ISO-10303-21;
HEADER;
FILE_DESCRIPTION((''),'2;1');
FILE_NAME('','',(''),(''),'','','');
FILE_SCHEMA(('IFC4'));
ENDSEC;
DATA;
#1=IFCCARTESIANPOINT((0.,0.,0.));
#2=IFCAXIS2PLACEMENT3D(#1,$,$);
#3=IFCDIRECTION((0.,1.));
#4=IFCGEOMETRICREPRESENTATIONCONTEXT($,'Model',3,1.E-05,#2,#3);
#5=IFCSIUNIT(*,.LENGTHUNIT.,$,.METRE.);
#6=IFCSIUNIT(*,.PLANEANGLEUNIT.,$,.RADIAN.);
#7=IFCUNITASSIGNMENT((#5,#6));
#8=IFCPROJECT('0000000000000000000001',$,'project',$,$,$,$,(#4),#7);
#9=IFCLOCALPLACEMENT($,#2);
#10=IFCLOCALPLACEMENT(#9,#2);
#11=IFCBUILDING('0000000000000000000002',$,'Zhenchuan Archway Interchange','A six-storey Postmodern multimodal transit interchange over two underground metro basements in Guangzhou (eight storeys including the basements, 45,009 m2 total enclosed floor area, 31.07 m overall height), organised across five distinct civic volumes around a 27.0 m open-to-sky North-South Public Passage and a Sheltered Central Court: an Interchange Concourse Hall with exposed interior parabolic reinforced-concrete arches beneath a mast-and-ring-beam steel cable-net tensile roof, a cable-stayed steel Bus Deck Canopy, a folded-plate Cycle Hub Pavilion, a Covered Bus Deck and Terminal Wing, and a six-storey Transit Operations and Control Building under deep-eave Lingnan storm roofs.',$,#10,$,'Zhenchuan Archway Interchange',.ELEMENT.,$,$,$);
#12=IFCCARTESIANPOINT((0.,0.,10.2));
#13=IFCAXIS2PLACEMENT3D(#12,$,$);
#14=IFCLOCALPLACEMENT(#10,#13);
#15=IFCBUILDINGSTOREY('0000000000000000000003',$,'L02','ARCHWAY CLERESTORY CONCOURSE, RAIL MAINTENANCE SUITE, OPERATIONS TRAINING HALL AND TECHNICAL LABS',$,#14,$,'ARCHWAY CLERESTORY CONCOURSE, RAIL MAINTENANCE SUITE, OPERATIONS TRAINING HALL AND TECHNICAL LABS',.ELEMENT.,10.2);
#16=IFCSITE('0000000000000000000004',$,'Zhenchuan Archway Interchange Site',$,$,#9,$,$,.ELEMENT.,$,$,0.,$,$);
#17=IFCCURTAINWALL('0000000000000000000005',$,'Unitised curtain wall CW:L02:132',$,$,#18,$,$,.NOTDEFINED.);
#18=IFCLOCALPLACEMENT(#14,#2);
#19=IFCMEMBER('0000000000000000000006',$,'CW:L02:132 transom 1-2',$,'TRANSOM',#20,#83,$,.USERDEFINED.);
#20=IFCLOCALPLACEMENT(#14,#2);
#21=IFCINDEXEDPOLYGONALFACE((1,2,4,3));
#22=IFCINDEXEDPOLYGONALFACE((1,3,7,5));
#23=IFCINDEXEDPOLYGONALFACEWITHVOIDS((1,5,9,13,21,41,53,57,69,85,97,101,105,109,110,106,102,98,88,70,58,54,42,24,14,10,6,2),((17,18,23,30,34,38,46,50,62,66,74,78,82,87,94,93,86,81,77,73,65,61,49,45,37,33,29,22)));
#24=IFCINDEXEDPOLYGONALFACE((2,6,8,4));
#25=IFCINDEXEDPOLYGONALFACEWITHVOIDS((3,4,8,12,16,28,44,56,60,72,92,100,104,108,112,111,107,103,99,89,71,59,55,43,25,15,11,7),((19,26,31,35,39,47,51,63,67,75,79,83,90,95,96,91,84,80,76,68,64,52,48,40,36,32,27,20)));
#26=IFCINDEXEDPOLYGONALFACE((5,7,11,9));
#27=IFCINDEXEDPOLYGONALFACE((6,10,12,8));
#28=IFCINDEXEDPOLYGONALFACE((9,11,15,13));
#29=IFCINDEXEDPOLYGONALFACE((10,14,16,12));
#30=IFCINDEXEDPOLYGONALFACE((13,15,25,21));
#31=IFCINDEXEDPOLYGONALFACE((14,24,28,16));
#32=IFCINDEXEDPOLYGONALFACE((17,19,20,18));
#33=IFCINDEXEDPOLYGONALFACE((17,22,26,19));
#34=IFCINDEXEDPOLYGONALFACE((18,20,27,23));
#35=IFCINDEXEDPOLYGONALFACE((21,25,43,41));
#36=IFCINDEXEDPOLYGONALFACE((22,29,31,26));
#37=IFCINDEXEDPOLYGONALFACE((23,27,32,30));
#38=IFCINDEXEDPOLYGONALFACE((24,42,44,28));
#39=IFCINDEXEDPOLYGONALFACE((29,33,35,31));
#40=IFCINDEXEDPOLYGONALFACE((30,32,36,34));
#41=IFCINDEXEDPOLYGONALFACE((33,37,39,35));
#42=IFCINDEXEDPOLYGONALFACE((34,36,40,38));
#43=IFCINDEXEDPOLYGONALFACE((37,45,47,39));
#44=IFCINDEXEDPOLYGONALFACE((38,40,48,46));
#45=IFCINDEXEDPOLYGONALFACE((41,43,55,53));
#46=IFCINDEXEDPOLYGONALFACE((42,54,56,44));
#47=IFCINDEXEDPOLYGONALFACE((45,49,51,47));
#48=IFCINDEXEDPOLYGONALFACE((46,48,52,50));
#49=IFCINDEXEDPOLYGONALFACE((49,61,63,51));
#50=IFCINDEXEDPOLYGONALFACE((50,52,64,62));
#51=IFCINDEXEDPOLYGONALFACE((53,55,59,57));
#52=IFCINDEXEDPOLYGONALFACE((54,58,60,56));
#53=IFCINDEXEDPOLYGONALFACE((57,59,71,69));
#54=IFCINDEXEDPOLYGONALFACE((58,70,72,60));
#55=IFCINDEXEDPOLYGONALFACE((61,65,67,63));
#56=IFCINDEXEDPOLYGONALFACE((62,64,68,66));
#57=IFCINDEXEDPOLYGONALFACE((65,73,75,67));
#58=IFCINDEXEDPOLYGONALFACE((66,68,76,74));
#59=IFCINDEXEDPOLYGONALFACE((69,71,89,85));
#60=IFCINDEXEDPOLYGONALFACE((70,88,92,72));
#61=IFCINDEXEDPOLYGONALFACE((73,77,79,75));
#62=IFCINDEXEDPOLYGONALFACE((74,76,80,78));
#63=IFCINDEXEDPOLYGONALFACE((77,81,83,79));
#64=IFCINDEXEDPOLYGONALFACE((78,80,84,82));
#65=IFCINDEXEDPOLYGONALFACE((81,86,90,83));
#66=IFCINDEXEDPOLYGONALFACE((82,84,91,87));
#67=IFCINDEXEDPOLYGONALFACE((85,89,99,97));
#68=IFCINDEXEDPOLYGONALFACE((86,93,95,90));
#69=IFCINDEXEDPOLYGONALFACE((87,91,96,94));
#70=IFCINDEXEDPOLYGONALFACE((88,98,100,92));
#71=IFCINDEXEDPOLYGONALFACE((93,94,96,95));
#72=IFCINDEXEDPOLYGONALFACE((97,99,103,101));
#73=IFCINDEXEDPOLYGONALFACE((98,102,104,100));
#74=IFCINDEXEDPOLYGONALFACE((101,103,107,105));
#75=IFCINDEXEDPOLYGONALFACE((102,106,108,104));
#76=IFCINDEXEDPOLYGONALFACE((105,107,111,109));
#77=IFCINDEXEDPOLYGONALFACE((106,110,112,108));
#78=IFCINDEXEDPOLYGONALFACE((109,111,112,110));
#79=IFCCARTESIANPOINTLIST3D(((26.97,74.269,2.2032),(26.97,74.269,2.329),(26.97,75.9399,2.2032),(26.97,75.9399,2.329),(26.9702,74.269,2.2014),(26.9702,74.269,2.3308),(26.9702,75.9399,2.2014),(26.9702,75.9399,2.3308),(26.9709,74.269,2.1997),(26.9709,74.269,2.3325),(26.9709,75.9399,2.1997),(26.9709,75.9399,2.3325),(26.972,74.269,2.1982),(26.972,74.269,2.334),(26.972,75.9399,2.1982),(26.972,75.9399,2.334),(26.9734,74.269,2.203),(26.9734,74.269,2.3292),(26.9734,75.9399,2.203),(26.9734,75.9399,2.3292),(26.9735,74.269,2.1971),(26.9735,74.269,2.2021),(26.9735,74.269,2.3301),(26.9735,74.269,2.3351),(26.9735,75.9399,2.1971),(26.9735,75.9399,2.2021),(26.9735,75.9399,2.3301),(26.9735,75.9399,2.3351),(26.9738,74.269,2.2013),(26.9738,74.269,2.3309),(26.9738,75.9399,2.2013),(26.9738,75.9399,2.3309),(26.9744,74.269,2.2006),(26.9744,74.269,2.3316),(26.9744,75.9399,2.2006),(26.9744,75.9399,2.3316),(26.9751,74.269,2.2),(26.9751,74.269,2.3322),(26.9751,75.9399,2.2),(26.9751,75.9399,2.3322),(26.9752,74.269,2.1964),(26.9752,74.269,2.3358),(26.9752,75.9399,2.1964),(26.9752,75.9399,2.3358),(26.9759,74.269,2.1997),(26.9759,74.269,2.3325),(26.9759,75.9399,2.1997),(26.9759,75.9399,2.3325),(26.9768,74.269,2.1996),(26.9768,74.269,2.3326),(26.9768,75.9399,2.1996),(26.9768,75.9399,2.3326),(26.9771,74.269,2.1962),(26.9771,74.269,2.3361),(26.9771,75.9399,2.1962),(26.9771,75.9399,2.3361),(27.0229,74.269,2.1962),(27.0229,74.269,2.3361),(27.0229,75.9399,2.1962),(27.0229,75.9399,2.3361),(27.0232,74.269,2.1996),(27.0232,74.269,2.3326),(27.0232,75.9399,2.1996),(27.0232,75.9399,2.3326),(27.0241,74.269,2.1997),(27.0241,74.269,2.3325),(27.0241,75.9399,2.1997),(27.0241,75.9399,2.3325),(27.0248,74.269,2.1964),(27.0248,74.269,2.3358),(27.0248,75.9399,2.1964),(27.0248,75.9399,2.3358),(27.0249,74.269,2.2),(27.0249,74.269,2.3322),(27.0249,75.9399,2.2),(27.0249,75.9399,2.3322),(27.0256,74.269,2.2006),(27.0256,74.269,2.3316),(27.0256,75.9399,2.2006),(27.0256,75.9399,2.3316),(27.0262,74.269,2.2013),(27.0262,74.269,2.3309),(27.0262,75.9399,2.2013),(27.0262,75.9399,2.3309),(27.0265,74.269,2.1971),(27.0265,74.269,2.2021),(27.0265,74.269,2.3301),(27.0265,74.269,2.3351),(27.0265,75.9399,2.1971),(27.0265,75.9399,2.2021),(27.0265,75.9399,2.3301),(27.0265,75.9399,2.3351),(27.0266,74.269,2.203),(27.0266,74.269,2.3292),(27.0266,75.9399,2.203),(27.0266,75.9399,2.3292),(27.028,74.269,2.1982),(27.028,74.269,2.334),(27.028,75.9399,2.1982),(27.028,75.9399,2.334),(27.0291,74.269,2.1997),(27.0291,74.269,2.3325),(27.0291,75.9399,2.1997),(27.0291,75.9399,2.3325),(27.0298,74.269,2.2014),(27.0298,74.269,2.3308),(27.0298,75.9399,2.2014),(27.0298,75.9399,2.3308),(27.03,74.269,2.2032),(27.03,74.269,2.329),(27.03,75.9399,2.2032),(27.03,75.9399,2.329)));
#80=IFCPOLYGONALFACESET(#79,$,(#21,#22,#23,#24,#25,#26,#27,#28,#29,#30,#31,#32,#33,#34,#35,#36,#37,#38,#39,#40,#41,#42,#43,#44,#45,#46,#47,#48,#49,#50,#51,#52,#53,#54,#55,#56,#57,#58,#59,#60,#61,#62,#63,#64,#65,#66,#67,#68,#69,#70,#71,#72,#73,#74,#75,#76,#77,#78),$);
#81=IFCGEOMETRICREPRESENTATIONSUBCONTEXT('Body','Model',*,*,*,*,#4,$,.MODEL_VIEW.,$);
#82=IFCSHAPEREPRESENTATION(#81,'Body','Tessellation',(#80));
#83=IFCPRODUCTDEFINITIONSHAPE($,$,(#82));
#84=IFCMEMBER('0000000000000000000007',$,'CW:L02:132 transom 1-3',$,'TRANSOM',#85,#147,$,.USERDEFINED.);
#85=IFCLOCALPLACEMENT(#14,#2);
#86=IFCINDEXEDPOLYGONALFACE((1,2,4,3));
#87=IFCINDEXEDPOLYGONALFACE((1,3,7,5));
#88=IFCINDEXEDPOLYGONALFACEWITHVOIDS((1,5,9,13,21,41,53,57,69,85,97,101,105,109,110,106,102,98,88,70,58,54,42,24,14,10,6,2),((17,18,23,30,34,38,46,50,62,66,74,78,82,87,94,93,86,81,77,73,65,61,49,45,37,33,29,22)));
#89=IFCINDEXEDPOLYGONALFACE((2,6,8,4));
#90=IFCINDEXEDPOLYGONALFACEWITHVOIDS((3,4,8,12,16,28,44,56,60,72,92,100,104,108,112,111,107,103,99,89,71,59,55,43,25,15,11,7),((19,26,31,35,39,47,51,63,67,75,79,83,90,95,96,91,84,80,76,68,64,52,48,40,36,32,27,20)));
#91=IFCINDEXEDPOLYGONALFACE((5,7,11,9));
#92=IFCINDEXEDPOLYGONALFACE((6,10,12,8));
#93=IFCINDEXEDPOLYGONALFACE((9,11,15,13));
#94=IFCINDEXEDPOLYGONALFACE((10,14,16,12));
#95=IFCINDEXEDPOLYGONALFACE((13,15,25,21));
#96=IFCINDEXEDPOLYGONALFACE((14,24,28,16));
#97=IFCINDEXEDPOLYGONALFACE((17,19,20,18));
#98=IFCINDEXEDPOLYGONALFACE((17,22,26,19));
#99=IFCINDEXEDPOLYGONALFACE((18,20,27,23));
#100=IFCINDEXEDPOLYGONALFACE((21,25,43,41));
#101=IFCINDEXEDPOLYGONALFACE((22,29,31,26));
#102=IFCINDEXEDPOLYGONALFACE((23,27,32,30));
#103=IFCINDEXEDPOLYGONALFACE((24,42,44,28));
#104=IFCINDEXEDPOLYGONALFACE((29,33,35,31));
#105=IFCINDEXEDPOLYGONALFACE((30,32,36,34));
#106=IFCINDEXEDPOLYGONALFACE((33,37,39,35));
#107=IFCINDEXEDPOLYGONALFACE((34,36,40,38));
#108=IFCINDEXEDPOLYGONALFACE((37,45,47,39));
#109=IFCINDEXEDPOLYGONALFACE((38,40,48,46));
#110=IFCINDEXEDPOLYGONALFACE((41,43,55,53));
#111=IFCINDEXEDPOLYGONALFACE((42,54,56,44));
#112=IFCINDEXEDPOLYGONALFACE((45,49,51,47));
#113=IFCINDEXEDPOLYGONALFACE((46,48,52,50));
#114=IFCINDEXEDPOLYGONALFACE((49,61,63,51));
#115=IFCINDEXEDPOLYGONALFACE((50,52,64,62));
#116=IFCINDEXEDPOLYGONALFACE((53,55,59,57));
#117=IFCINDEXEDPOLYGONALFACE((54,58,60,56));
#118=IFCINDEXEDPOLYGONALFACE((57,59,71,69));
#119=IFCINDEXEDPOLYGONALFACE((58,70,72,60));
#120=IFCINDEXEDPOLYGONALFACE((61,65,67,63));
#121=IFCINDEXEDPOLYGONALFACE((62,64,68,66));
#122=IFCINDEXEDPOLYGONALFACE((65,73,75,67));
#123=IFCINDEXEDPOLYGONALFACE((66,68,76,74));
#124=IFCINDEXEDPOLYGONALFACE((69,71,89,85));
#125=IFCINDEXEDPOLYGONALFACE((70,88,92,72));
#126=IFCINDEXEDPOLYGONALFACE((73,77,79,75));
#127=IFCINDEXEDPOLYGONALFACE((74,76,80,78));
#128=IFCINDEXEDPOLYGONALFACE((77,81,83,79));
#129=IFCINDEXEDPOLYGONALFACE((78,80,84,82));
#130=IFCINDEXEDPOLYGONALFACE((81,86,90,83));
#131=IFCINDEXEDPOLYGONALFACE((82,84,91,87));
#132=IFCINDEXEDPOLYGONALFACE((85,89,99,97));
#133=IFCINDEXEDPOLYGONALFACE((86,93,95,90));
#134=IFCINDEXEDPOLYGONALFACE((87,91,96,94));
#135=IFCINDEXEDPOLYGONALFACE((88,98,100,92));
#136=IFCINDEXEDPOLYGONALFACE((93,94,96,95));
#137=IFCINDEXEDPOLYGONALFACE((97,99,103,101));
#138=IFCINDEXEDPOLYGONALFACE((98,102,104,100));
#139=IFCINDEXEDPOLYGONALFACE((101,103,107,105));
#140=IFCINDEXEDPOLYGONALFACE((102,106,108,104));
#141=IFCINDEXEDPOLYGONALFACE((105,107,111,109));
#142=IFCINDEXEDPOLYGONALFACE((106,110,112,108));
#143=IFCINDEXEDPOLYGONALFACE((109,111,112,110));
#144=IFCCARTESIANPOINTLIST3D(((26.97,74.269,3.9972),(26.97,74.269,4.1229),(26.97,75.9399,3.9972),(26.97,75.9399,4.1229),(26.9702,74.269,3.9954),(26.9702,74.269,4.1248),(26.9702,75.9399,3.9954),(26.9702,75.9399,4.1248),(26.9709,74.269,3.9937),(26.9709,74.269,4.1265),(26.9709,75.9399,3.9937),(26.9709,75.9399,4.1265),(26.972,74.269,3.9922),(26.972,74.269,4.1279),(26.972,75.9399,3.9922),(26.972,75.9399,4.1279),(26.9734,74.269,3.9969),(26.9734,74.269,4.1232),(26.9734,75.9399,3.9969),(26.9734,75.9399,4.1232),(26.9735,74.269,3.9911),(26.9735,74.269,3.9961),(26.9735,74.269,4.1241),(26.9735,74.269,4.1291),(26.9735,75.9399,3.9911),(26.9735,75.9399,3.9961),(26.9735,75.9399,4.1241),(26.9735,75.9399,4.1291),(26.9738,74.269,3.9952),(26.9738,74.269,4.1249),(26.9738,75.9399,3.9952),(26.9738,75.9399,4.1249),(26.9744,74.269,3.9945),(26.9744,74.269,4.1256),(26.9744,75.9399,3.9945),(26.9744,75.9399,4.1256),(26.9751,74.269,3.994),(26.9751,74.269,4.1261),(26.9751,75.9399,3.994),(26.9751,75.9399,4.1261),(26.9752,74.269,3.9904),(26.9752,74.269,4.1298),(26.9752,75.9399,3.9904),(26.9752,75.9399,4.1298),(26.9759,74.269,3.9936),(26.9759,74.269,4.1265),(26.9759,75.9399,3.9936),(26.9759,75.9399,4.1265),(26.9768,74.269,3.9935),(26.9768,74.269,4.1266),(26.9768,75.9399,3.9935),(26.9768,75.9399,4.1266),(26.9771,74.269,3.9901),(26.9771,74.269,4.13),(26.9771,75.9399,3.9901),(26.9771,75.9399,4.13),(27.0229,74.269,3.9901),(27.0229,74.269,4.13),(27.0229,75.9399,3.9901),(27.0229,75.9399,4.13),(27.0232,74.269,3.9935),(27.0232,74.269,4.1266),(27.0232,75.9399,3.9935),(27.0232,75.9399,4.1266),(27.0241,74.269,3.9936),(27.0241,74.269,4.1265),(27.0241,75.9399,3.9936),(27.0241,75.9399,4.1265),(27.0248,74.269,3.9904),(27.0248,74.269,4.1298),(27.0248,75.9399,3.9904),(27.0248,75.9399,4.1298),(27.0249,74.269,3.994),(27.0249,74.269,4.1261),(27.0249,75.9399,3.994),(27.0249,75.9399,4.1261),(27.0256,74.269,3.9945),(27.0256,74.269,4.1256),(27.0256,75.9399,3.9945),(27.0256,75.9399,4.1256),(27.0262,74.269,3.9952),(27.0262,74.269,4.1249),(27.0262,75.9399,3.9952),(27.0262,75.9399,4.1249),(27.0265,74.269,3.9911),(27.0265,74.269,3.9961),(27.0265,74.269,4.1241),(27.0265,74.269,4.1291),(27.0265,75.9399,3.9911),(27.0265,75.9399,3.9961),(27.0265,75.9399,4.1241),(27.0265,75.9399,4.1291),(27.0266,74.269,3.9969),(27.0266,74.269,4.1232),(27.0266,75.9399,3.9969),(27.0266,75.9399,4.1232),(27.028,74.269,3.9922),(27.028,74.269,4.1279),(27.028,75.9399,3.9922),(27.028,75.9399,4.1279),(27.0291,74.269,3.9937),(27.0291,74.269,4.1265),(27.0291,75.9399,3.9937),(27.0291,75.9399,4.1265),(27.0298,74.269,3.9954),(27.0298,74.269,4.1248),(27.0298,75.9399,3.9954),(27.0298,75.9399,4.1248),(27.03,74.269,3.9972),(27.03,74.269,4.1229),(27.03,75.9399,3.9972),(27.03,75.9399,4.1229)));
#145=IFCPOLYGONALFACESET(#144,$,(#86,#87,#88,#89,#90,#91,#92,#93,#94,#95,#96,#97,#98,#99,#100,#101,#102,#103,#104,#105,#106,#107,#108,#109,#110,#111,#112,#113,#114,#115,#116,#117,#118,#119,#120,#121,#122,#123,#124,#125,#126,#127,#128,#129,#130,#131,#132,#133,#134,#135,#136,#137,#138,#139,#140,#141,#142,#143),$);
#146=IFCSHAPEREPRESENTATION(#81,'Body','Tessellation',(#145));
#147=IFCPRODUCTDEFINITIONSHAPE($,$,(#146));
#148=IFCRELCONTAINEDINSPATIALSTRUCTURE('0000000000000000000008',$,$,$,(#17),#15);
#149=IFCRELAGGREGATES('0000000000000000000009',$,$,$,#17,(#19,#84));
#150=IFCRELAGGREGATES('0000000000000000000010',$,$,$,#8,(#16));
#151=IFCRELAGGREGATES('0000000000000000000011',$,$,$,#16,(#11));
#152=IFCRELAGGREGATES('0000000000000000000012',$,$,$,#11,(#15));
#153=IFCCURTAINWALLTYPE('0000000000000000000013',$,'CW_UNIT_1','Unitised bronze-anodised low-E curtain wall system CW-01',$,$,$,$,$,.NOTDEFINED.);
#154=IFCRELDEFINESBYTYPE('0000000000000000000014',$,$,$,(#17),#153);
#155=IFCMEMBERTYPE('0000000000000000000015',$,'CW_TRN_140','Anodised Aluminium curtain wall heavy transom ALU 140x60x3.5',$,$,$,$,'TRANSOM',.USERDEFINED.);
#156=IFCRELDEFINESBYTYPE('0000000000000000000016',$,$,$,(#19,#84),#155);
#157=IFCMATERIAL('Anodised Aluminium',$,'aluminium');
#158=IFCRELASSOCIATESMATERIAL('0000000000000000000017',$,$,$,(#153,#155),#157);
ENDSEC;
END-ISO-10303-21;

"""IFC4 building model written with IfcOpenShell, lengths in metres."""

from ifc_helpers import new_model, si_unit, direction, frame, origin, origin_2d, place, context, subcontext, project, spatial, hollow_rectangle, extrude, material, material_profile, profile_set, type_object, element, aggregate, save


model = new_model("IFC4")

# Units and contexts
model_context = context("Model", 3, precision=1e-05, world=origin(), true_north=direction((0.0, 1.0)))
body_context = subcontext(model_context, "Body", "Model", "MODEL_VIEW")
ifc_project = project(units=[si_unit("LENGTHUNIT", "METRE"), si_unit("PLANEANGLEUNIT", "RADIAN")], contexts=[model_context])

# Site, building, storey
site_placement = place(None, origin())
site = spatial("IfcSite", under=ifc_project, at=site_placement, Name="Zhenchuan Archway Interchange Site", CompositionType="ELEMENT", RefElevation=0.0)
building_placement = place(site_placement, origin())
building = spatial("IfcBuilding", under=site, at=building_placement, Name="Zhenchuan Archway Interchange", Description="A six-storey Postmodern multimodal transit interchange over two underground metro basements in Guangzhou (eight storeys including the basements, 45,009 m2 total enclosed floor area, 31.07 m overall height), organised across five distinct civic volumes around a 27.0 m open-to-sky North-South Public Passage and a Sheltered Central Court: an Interchange Concourse Hall with exposed interior parabolic reinforced-concrete arches beneath a mast-and-ring-beam steel cable-net tensile roof, a cable-stayed steel Bus Deck Canopy, a folded-plate Cycle Hub Pavilion, a Covered Bus Deck and Terminal Wing, and a six-storey Transit Operations and Control Building under deep-eave Lingnan storm roofs.", LongName="Zhenchuan Archway Interchange", CompositionType="ELEMENT")
storey_placement = place(building_placement, frame((0.0, 0.0, 10.2)))
storey = spatial("IfcBuildingStorey", under=building, at=storey_placement, Name="L02", Description="ARCHWAY CLERESTORY CONCOURSE, RAIL MAINTENANCE SUITE, OPERATIONS TRAINING HALL AND TECHNICAL LABS", LongName="ARCHWAY CLERESTORY CONCOURSE, RAIL MAINTENANCE SUITE, OPERATIONS TRAINING HALL AND TECHNICAL LABS", CompositionType="ELEMENT", Elevation=10.2)

# Curtain wall, members
ifc_material_1 = material(Name="Anodised Aluminium", Category="aluminium")
curtain_wall_type = type_object("IfcCurtainWallType", Name="CW_UNIT_1", Description="Unitised bronze-anodised low-E curtain wall system CW-01", PredefinedType="NOTDEFINED", material=ifc_material_1)
curtain_wall_placement = place(storey_placement, origin())
curtain_wall = element("IfcCurtainWall", 1, at=curtain_wall_placement, inside=storey, type_object=curtain_wall_type, Name="Unitised curtain wall CW:L02:132", PredefinedType="NOTDEFINED")
ifc_material_profile_1 = material_profile(ifc_material_1, hollow_rectangle(XDim=0.0601, YDim=0.1399, WallThickness=0.0034, InnerFilletRadius=0.0034, OuterFilletRadius=0.0071, at=origin_2d()), Name="ALU 140x60x3.5")
ifc_profile_set_1 = profile_set([ifc_material_profile_1], Name="Anodised Aluminium")
member_type_1 = type_object("IfcMemberType", Name="CW_TRN_140", Description="Anodised Aluminium curtain wall heavy transom ALU 140x60x3.5", ElementType="TRANSOM", PredefinedType="USERDEFINED", material=ifc_profile_set_1)
member_1_placement = place(storey_placement, frame((27.0, 74.269, 2.2661), z_axis=(0.0, 1.0, 0.0), x_axis=(-1.0, 0.0, 0.0)))
member_1 = element("IfcMember", 2, at=member_1_placement, type_object=member_type_1, Name="CW:L02:132 transom 1-2", ObjectType="TRANSOM", PredefinedType="USERDEFINED", context=body_context, shape_type="SweptSolid", body=[
    extrude(hollow_rectangle(XDim=0.0601, YDim=0.1399, WallThickness=0.0034, InnerFilletRadius=0.0034, OuterFilletRadius=0.0071, at=origin_2d()), origin(), (0.0, 0.0, 1.0), 1.6709),
])
member_2_placement = place(storey_placement, frame((27.0, 74.269, 4.0601), z_axis=(0.0, 1.0, 0.0), x_axis=(-1.0, 0.0, 0.0)))
member_2 = element("IfcMember", 3, at=member_2_placement, type_object=member_type_1, Name="CW:L02:132 transom 1-3", ObjectType="TRANSOM", PredefinedType="USERDEFINED", context=body_context, shape_type="SweptSolid", body=[
    extrude(hollow_rectangle(XDim=0.0601, YDim=0.1399, WallThickness=0.0034, InnerFilletRadius=0.0034, OuterFilletRadius=0.0071, at=origin_2d()), origin(), (0.0, 0.0, 1.0), 1.6709),
])

aggregate(curtain_wall, [member_1, member_2])

save(model, "model.ifc")
